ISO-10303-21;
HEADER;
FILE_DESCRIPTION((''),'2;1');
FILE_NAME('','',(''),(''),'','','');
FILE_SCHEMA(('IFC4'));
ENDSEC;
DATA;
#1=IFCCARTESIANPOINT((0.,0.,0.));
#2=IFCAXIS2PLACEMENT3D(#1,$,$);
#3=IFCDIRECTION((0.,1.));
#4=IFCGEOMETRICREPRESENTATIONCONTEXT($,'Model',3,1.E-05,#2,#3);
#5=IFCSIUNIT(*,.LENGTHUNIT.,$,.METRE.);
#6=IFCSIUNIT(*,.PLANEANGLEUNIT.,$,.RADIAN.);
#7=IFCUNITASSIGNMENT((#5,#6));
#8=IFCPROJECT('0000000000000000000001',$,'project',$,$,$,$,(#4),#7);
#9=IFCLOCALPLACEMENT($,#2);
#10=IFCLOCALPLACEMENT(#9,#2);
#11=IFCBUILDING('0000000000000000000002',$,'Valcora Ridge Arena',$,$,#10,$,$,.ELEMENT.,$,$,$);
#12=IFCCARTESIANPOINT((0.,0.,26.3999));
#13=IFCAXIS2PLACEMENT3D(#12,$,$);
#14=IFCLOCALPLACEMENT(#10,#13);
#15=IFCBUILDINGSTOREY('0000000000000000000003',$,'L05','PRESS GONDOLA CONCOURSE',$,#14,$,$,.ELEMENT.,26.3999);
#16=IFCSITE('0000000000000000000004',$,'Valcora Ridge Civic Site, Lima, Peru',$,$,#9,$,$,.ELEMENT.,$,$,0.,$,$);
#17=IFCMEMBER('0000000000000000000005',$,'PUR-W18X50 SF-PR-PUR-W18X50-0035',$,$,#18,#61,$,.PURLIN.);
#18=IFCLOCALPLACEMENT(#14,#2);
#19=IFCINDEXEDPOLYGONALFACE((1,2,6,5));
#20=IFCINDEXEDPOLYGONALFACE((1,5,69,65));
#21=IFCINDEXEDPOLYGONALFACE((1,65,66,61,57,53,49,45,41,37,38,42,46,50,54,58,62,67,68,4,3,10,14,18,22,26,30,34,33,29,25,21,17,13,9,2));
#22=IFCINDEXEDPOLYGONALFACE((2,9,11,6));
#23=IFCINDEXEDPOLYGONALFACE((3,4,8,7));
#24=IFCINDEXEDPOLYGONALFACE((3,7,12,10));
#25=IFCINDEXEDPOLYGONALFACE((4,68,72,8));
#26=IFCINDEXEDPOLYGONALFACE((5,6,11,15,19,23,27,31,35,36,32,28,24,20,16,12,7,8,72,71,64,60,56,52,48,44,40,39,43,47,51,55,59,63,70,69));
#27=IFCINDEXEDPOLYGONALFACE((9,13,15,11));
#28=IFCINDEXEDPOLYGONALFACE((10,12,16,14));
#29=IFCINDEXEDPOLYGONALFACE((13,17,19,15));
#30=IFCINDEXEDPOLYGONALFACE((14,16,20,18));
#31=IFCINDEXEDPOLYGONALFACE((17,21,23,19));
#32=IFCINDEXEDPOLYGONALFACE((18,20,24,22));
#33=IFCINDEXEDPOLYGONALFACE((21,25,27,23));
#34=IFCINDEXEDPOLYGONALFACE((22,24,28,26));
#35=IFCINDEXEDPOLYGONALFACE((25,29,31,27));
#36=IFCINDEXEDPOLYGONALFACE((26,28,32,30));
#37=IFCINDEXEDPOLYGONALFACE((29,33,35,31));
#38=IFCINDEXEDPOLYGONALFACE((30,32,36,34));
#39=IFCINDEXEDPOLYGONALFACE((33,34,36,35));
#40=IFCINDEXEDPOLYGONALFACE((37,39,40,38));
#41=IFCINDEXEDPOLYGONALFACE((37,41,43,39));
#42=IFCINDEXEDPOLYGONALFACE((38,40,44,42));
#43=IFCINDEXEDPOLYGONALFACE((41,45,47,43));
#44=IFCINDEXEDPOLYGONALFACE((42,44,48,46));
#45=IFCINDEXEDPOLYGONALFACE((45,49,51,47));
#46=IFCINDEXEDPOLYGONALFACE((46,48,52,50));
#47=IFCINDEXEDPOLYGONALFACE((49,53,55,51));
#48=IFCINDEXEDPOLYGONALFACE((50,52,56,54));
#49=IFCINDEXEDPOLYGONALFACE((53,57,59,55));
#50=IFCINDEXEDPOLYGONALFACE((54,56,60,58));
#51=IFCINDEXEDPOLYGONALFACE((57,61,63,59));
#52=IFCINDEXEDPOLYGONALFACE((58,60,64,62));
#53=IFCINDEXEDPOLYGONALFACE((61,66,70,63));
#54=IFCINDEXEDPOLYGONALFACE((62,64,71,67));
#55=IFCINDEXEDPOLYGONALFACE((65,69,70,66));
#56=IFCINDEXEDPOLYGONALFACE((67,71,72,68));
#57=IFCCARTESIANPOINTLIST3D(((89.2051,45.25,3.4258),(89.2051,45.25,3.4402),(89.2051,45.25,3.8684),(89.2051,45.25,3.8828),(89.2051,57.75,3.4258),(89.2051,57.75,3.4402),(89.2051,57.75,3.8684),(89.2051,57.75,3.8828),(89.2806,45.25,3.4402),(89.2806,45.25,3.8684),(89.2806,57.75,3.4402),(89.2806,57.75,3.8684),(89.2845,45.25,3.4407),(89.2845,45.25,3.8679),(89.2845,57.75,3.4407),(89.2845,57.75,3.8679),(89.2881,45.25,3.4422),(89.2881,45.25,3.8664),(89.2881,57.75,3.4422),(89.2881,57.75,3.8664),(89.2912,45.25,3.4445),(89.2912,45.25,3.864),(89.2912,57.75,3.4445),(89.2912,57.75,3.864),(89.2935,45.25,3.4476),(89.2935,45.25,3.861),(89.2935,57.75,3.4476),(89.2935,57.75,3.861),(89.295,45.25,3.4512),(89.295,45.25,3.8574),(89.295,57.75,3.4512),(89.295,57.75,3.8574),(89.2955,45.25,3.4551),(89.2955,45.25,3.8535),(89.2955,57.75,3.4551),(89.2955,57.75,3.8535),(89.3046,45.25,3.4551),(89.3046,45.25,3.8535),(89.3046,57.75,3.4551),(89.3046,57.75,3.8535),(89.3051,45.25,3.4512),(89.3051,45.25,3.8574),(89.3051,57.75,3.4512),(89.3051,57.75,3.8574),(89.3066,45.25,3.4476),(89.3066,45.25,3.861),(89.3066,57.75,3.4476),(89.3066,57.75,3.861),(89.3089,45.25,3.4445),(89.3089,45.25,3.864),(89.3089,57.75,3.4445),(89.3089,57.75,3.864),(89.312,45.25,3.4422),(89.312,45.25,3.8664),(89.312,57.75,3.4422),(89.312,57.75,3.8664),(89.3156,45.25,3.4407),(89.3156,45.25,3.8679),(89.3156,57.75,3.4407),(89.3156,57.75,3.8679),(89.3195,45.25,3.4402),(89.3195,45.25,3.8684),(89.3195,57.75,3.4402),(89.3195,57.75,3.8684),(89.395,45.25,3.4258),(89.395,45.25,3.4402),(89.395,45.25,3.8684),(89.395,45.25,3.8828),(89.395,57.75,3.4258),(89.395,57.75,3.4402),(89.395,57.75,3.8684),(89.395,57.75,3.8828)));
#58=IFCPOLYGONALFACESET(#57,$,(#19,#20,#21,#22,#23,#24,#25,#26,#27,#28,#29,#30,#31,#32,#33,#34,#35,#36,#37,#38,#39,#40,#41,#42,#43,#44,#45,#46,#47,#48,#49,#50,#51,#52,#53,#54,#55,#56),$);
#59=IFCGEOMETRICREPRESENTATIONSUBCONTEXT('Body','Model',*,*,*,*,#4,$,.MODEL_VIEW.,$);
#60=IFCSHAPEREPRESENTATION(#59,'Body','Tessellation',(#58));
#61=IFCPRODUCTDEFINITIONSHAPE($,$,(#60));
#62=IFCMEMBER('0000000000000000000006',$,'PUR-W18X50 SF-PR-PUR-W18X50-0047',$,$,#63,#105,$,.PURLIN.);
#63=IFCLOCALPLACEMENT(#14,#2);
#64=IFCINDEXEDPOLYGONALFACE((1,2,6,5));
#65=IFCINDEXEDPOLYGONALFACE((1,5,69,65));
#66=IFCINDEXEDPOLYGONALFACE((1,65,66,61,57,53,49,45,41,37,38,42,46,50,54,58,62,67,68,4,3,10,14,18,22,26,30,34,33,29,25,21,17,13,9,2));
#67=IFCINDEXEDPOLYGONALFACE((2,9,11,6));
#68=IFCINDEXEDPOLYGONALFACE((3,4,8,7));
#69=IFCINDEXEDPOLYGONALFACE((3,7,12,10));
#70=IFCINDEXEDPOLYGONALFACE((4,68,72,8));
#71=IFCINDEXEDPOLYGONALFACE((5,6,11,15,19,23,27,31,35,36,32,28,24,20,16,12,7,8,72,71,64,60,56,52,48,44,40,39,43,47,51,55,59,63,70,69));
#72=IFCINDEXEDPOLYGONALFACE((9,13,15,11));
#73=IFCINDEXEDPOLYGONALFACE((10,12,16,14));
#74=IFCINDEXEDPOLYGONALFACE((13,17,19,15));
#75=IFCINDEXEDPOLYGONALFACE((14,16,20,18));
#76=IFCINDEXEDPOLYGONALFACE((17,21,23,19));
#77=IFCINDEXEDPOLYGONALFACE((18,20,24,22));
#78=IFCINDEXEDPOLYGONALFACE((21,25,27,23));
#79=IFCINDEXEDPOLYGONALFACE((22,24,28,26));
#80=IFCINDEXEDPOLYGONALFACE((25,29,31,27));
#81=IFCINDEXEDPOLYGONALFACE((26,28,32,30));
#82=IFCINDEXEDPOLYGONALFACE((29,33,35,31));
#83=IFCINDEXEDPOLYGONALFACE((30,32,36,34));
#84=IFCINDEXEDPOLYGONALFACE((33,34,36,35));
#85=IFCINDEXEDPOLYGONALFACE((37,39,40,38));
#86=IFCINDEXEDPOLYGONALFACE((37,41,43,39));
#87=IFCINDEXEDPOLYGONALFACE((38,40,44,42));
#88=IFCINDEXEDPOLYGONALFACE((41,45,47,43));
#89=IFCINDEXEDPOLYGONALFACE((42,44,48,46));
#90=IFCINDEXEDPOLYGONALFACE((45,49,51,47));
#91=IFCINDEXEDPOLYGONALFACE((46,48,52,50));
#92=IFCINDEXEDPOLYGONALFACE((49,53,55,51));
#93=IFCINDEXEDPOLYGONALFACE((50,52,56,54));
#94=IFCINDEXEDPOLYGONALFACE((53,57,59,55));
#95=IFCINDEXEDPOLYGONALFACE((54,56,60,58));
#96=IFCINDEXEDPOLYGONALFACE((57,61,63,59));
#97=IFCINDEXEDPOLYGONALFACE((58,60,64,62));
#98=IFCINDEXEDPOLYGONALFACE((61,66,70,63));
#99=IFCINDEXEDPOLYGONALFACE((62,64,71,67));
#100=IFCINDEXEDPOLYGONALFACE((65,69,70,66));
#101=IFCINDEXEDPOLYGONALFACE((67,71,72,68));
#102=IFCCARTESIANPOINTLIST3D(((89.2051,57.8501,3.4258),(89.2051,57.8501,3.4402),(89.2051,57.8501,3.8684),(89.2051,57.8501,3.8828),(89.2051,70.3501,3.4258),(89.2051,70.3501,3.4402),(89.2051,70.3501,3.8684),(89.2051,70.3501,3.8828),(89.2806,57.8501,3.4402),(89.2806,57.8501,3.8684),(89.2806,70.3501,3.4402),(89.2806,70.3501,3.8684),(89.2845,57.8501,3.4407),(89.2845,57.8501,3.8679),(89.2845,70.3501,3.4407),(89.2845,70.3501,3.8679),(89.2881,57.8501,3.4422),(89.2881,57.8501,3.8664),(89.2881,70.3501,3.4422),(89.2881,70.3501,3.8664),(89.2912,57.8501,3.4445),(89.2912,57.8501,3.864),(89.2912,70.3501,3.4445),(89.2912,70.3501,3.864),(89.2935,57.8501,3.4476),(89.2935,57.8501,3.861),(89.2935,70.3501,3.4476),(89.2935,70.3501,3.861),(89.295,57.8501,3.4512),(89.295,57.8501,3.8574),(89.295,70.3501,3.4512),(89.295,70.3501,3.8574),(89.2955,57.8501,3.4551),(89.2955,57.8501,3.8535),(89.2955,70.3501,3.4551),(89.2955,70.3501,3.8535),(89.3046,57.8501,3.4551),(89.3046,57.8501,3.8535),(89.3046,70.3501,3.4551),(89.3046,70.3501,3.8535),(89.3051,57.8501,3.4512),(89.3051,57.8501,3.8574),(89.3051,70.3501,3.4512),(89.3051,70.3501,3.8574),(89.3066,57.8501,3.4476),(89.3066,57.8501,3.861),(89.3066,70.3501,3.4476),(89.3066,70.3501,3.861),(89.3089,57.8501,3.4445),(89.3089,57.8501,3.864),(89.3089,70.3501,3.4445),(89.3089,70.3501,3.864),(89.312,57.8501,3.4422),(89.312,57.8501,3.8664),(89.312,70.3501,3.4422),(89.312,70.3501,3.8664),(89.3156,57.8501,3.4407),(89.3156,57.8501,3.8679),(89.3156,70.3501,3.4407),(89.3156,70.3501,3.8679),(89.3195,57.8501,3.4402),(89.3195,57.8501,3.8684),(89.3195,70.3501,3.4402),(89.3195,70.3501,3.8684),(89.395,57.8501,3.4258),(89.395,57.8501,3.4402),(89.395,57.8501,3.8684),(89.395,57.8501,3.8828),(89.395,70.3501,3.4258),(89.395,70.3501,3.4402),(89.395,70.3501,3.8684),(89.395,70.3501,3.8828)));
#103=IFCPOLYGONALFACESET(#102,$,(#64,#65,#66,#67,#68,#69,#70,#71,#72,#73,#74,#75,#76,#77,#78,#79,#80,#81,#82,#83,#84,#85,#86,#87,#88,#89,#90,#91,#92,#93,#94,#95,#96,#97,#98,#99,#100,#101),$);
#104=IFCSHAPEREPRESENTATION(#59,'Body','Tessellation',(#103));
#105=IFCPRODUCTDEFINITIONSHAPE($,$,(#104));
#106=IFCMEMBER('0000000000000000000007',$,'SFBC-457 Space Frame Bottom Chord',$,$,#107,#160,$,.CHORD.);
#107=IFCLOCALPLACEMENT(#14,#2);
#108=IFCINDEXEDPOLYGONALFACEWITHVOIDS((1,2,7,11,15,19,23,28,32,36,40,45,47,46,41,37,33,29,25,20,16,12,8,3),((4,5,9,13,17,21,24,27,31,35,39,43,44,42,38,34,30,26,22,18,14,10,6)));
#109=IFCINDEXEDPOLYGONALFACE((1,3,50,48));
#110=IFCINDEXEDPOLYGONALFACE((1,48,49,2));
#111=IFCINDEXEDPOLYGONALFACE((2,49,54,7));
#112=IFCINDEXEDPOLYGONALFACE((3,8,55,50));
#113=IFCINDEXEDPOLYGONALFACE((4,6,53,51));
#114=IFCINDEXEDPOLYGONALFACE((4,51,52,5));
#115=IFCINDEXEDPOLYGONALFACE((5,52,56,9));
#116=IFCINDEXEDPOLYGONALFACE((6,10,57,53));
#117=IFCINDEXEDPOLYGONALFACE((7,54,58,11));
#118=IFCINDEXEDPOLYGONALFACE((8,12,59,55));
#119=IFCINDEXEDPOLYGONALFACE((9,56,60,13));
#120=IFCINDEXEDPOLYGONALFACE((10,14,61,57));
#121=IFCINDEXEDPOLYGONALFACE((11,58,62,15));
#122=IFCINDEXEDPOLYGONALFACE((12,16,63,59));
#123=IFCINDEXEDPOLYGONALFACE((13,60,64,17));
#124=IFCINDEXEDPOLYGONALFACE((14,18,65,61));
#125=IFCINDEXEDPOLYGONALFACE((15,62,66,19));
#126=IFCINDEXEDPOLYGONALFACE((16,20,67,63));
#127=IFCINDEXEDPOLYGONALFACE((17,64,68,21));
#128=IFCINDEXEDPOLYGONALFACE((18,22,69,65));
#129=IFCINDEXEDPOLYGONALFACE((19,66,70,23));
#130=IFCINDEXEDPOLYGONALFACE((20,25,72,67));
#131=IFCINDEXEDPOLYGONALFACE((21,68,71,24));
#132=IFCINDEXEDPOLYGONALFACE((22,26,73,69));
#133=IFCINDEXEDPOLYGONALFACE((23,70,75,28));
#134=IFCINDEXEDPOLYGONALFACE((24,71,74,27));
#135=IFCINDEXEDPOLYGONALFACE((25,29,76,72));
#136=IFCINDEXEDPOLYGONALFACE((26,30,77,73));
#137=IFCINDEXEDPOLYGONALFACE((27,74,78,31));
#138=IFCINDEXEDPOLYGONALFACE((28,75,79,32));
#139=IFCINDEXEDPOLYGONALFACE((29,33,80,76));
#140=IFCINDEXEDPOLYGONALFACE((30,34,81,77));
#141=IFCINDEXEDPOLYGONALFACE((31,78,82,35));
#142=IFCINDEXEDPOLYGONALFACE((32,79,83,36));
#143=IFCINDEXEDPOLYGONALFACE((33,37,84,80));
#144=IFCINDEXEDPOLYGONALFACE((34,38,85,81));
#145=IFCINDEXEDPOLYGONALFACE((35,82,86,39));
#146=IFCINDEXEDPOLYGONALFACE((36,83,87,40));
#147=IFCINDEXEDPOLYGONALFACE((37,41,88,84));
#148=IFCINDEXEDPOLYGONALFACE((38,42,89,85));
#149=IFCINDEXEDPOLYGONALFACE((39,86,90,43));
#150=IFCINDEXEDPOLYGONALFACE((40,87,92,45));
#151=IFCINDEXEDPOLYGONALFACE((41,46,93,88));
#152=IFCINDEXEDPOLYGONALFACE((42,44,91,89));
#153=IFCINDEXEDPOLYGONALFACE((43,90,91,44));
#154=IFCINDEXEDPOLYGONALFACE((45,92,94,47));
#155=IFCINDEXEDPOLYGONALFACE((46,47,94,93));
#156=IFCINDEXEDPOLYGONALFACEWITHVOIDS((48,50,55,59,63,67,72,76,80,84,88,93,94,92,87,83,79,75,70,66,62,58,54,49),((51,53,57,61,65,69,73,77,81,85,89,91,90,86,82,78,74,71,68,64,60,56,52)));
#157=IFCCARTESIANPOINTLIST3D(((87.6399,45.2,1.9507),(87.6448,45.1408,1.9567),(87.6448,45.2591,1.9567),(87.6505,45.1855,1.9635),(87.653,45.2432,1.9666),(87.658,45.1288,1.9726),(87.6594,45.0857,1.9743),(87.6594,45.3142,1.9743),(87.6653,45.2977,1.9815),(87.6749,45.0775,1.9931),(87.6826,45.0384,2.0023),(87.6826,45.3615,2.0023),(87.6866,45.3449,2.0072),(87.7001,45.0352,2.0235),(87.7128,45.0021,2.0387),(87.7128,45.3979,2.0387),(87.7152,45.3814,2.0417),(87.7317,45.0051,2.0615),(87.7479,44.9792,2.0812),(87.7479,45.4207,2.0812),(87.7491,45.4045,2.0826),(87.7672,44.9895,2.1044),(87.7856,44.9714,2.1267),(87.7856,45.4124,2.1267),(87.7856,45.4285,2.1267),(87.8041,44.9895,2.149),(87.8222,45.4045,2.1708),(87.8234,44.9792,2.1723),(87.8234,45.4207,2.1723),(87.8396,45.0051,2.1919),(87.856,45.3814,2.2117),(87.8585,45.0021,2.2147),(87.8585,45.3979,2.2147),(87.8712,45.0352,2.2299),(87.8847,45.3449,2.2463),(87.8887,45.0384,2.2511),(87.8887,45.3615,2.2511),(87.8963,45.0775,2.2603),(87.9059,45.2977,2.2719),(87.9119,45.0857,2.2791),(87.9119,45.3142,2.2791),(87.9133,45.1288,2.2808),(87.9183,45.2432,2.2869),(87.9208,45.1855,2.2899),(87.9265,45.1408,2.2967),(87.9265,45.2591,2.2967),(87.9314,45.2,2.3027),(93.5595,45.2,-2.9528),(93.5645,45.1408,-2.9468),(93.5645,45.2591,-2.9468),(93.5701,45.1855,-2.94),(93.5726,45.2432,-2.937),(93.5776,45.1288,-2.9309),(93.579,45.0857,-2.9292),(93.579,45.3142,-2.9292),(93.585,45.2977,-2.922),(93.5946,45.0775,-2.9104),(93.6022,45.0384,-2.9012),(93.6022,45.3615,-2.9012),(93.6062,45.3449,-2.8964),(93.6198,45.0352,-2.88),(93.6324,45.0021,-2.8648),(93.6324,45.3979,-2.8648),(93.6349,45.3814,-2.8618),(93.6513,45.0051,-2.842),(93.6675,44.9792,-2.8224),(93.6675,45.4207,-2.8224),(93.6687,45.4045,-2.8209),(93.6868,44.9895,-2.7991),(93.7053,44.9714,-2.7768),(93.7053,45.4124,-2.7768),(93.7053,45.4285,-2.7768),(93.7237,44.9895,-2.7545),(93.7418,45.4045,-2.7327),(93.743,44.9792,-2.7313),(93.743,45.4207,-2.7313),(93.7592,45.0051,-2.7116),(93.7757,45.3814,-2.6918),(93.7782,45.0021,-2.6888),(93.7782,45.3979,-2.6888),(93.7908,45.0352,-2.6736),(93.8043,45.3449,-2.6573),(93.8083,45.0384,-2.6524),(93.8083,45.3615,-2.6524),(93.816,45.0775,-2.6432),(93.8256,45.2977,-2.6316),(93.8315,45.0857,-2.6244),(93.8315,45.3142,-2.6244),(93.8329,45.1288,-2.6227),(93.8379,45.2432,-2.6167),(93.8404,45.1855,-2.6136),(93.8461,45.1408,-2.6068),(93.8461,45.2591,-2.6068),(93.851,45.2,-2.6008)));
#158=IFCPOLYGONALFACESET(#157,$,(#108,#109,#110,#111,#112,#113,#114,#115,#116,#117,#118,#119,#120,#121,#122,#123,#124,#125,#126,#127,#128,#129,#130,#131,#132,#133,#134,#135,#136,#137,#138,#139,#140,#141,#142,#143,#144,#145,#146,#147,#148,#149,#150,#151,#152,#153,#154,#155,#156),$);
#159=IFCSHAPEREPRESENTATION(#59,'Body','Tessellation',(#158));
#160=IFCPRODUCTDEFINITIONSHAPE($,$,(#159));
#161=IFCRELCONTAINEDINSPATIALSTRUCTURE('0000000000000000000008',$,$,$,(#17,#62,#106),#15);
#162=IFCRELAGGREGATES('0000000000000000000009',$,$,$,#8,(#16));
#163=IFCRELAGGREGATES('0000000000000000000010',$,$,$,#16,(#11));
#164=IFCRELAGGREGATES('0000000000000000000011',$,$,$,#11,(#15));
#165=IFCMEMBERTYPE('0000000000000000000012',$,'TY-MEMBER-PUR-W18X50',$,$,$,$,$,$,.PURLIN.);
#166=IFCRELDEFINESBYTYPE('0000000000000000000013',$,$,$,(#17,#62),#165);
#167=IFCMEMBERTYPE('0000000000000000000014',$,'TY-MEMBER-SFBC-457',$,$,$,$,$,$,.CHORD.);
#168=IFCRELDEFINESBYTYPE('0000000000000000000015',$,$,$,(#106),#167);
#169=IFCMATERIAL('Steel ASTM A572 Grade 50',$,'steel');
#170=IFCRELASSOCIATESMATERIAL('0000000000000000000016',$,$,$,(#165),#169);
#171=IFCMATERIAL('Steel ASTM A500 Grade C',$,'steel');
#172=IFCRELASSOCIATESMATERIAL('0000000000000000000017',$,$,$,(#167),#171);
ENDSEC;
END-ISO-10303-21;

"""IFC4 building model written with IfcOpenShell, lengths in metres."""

from ifc_helpers import new_model, si_unit, direction, frame, origin, origin_2d, place, context, subcontext, project, spatial, hollow_circle, i_section, extrude, material, material_profile, profile_set, type_object, element, save


model = new_model("IFC4")

# Units and contexts
model_context = context("Model", 3, precision=1e-05, world=origin(), true_north=direction((0.0, 1.0)))
body_context = subcontext(model_context, "Body", "Model", "MODEL_VIEW")
ifc_project = project(units=[si_unit("LENGTHUNIT", "METRE"), si_unit("PLANEANGLEUNIT", "RADIAN")], contexts=[model_context])

# Site, building, storey
site_placement = place(None, origin())
site = spatial("IfcSite", under=ifc_project, at=site_placement, Name="Valcora Ridge Civic Site, Lima, Peru", CompositionType="ELEMENT", RefElevation=0.0)
building_placement = place(site_placement, origin())
building = spatial("IfcBuilding", under=site, at=building_placement, Name="Valcora Ridge Arena", CompositionType="ELEMENT")
storey_placement = place(building_placement, frame((0.0, 0.0, 26.3999)))
storey = spatial("IfcBuildingStorey", under=building, at=storey_placement, Name="L05", Description="PRESS GONDOLA CONCOURSE", CompositionType="ELEMENT", Elevation=26.3999)

# Members
ifc_material_1 = material(Name="Steel ASTM A572 Grade 50", Category="steel")
ifc_material_profile_1 = material_profile(ifc_material_1, i_section(OverallWidth=0.1899, OverallDepth=0.457, WebThickness=0.009, FlangeThickness=0.0144, FilletRadius=0.0149, at=origin_2d()), Name="W18X50")
ifc_profile_set_1 = profile_set([ifc_material_profile_1], Name="Steel ASTM A572 Grade 50")
member_type_1 = type_object("IfcMemberType", Name="TY-MEMBER-PUR-W18X50", PredefinedType="PURLIN", material=ifc_profile_set_1)
for number, where, z_axis, x_axis, name in (
    (1, (89.3, 45.25, 3.6543), (0.0, 1.0, 0.0), (-1.0, 0.0, 0.0), "PUR-W18X50 SF-PR-PUR-W18X50-0035"),
    (2, (89.3, 57.8501, 3.6543), (0.0, 1.0, 0.0), (-1.0, 0.0, 0.0), "PUR-W18X50 SF-PR-PUR-W18X50-0047"),
):
    element("IfcMember", number, at=place(storey_placement, frame(where, z_axis=z_axis, x_axis=x_axis)), inside=storey, type_object=member_type_1, Name=name, PredefinedType="PURLIN", context=body_context, shape_type="SweptSolid", body=[
        extrude(i_section(OverallWidth=0.1899, OverallDepth=0.457, WebThickness=0.009, FlangeThickness=0.0144, FilletRadius=0.0149, at=origin_2d()), origin(), (0.0, 0.0, 1.0), 12.5),
    ])
ifc_material_2 = material(Name="Steel ASTM A500 Grade C", Category="steel")
ifc_material_profile_2 = material_profile(ifc_material_2, hollow_circle(Radius=0.2285, WallThickness=0.0161, at=origin_2d()), Name="CHS457X16")
ifc_profile_set_2 = profile_set([ifc_material_profile_2], Name="Steel ASTM A500 Grade C")
member_type_2 = type_object("IfcMemberType", Name="TY-MEMBER-SFBC-457", PredefinedType="CHORD", material=ifc_profile_set_2)
for number, where, z_axis, x_axis, name in (
    (3, (87.7856, 45.2, 2.1267), (0.770105, 0.0, -0.637917), (0.0, 1.0, 0.0), "SFBC-457 Space Frame Bottom Chord"),
):
    element("IfcMember", number, at=place(storey_placement, frame(where, z_axis=z_axis, x_axis=x_axis)), inside=storey, type_object=member_type_2, Name=name, PredefinedType="CHORD", context=body_context, shape_type="SweptSolid", body=[
        extrude(hollow_circle(Radius=0.2285, WallThickness=0.0161, at=origin_2d()), origin(), (0.0, 0.0, 1.0), 7.6868),
    ])

save(model, "model.ifc")
